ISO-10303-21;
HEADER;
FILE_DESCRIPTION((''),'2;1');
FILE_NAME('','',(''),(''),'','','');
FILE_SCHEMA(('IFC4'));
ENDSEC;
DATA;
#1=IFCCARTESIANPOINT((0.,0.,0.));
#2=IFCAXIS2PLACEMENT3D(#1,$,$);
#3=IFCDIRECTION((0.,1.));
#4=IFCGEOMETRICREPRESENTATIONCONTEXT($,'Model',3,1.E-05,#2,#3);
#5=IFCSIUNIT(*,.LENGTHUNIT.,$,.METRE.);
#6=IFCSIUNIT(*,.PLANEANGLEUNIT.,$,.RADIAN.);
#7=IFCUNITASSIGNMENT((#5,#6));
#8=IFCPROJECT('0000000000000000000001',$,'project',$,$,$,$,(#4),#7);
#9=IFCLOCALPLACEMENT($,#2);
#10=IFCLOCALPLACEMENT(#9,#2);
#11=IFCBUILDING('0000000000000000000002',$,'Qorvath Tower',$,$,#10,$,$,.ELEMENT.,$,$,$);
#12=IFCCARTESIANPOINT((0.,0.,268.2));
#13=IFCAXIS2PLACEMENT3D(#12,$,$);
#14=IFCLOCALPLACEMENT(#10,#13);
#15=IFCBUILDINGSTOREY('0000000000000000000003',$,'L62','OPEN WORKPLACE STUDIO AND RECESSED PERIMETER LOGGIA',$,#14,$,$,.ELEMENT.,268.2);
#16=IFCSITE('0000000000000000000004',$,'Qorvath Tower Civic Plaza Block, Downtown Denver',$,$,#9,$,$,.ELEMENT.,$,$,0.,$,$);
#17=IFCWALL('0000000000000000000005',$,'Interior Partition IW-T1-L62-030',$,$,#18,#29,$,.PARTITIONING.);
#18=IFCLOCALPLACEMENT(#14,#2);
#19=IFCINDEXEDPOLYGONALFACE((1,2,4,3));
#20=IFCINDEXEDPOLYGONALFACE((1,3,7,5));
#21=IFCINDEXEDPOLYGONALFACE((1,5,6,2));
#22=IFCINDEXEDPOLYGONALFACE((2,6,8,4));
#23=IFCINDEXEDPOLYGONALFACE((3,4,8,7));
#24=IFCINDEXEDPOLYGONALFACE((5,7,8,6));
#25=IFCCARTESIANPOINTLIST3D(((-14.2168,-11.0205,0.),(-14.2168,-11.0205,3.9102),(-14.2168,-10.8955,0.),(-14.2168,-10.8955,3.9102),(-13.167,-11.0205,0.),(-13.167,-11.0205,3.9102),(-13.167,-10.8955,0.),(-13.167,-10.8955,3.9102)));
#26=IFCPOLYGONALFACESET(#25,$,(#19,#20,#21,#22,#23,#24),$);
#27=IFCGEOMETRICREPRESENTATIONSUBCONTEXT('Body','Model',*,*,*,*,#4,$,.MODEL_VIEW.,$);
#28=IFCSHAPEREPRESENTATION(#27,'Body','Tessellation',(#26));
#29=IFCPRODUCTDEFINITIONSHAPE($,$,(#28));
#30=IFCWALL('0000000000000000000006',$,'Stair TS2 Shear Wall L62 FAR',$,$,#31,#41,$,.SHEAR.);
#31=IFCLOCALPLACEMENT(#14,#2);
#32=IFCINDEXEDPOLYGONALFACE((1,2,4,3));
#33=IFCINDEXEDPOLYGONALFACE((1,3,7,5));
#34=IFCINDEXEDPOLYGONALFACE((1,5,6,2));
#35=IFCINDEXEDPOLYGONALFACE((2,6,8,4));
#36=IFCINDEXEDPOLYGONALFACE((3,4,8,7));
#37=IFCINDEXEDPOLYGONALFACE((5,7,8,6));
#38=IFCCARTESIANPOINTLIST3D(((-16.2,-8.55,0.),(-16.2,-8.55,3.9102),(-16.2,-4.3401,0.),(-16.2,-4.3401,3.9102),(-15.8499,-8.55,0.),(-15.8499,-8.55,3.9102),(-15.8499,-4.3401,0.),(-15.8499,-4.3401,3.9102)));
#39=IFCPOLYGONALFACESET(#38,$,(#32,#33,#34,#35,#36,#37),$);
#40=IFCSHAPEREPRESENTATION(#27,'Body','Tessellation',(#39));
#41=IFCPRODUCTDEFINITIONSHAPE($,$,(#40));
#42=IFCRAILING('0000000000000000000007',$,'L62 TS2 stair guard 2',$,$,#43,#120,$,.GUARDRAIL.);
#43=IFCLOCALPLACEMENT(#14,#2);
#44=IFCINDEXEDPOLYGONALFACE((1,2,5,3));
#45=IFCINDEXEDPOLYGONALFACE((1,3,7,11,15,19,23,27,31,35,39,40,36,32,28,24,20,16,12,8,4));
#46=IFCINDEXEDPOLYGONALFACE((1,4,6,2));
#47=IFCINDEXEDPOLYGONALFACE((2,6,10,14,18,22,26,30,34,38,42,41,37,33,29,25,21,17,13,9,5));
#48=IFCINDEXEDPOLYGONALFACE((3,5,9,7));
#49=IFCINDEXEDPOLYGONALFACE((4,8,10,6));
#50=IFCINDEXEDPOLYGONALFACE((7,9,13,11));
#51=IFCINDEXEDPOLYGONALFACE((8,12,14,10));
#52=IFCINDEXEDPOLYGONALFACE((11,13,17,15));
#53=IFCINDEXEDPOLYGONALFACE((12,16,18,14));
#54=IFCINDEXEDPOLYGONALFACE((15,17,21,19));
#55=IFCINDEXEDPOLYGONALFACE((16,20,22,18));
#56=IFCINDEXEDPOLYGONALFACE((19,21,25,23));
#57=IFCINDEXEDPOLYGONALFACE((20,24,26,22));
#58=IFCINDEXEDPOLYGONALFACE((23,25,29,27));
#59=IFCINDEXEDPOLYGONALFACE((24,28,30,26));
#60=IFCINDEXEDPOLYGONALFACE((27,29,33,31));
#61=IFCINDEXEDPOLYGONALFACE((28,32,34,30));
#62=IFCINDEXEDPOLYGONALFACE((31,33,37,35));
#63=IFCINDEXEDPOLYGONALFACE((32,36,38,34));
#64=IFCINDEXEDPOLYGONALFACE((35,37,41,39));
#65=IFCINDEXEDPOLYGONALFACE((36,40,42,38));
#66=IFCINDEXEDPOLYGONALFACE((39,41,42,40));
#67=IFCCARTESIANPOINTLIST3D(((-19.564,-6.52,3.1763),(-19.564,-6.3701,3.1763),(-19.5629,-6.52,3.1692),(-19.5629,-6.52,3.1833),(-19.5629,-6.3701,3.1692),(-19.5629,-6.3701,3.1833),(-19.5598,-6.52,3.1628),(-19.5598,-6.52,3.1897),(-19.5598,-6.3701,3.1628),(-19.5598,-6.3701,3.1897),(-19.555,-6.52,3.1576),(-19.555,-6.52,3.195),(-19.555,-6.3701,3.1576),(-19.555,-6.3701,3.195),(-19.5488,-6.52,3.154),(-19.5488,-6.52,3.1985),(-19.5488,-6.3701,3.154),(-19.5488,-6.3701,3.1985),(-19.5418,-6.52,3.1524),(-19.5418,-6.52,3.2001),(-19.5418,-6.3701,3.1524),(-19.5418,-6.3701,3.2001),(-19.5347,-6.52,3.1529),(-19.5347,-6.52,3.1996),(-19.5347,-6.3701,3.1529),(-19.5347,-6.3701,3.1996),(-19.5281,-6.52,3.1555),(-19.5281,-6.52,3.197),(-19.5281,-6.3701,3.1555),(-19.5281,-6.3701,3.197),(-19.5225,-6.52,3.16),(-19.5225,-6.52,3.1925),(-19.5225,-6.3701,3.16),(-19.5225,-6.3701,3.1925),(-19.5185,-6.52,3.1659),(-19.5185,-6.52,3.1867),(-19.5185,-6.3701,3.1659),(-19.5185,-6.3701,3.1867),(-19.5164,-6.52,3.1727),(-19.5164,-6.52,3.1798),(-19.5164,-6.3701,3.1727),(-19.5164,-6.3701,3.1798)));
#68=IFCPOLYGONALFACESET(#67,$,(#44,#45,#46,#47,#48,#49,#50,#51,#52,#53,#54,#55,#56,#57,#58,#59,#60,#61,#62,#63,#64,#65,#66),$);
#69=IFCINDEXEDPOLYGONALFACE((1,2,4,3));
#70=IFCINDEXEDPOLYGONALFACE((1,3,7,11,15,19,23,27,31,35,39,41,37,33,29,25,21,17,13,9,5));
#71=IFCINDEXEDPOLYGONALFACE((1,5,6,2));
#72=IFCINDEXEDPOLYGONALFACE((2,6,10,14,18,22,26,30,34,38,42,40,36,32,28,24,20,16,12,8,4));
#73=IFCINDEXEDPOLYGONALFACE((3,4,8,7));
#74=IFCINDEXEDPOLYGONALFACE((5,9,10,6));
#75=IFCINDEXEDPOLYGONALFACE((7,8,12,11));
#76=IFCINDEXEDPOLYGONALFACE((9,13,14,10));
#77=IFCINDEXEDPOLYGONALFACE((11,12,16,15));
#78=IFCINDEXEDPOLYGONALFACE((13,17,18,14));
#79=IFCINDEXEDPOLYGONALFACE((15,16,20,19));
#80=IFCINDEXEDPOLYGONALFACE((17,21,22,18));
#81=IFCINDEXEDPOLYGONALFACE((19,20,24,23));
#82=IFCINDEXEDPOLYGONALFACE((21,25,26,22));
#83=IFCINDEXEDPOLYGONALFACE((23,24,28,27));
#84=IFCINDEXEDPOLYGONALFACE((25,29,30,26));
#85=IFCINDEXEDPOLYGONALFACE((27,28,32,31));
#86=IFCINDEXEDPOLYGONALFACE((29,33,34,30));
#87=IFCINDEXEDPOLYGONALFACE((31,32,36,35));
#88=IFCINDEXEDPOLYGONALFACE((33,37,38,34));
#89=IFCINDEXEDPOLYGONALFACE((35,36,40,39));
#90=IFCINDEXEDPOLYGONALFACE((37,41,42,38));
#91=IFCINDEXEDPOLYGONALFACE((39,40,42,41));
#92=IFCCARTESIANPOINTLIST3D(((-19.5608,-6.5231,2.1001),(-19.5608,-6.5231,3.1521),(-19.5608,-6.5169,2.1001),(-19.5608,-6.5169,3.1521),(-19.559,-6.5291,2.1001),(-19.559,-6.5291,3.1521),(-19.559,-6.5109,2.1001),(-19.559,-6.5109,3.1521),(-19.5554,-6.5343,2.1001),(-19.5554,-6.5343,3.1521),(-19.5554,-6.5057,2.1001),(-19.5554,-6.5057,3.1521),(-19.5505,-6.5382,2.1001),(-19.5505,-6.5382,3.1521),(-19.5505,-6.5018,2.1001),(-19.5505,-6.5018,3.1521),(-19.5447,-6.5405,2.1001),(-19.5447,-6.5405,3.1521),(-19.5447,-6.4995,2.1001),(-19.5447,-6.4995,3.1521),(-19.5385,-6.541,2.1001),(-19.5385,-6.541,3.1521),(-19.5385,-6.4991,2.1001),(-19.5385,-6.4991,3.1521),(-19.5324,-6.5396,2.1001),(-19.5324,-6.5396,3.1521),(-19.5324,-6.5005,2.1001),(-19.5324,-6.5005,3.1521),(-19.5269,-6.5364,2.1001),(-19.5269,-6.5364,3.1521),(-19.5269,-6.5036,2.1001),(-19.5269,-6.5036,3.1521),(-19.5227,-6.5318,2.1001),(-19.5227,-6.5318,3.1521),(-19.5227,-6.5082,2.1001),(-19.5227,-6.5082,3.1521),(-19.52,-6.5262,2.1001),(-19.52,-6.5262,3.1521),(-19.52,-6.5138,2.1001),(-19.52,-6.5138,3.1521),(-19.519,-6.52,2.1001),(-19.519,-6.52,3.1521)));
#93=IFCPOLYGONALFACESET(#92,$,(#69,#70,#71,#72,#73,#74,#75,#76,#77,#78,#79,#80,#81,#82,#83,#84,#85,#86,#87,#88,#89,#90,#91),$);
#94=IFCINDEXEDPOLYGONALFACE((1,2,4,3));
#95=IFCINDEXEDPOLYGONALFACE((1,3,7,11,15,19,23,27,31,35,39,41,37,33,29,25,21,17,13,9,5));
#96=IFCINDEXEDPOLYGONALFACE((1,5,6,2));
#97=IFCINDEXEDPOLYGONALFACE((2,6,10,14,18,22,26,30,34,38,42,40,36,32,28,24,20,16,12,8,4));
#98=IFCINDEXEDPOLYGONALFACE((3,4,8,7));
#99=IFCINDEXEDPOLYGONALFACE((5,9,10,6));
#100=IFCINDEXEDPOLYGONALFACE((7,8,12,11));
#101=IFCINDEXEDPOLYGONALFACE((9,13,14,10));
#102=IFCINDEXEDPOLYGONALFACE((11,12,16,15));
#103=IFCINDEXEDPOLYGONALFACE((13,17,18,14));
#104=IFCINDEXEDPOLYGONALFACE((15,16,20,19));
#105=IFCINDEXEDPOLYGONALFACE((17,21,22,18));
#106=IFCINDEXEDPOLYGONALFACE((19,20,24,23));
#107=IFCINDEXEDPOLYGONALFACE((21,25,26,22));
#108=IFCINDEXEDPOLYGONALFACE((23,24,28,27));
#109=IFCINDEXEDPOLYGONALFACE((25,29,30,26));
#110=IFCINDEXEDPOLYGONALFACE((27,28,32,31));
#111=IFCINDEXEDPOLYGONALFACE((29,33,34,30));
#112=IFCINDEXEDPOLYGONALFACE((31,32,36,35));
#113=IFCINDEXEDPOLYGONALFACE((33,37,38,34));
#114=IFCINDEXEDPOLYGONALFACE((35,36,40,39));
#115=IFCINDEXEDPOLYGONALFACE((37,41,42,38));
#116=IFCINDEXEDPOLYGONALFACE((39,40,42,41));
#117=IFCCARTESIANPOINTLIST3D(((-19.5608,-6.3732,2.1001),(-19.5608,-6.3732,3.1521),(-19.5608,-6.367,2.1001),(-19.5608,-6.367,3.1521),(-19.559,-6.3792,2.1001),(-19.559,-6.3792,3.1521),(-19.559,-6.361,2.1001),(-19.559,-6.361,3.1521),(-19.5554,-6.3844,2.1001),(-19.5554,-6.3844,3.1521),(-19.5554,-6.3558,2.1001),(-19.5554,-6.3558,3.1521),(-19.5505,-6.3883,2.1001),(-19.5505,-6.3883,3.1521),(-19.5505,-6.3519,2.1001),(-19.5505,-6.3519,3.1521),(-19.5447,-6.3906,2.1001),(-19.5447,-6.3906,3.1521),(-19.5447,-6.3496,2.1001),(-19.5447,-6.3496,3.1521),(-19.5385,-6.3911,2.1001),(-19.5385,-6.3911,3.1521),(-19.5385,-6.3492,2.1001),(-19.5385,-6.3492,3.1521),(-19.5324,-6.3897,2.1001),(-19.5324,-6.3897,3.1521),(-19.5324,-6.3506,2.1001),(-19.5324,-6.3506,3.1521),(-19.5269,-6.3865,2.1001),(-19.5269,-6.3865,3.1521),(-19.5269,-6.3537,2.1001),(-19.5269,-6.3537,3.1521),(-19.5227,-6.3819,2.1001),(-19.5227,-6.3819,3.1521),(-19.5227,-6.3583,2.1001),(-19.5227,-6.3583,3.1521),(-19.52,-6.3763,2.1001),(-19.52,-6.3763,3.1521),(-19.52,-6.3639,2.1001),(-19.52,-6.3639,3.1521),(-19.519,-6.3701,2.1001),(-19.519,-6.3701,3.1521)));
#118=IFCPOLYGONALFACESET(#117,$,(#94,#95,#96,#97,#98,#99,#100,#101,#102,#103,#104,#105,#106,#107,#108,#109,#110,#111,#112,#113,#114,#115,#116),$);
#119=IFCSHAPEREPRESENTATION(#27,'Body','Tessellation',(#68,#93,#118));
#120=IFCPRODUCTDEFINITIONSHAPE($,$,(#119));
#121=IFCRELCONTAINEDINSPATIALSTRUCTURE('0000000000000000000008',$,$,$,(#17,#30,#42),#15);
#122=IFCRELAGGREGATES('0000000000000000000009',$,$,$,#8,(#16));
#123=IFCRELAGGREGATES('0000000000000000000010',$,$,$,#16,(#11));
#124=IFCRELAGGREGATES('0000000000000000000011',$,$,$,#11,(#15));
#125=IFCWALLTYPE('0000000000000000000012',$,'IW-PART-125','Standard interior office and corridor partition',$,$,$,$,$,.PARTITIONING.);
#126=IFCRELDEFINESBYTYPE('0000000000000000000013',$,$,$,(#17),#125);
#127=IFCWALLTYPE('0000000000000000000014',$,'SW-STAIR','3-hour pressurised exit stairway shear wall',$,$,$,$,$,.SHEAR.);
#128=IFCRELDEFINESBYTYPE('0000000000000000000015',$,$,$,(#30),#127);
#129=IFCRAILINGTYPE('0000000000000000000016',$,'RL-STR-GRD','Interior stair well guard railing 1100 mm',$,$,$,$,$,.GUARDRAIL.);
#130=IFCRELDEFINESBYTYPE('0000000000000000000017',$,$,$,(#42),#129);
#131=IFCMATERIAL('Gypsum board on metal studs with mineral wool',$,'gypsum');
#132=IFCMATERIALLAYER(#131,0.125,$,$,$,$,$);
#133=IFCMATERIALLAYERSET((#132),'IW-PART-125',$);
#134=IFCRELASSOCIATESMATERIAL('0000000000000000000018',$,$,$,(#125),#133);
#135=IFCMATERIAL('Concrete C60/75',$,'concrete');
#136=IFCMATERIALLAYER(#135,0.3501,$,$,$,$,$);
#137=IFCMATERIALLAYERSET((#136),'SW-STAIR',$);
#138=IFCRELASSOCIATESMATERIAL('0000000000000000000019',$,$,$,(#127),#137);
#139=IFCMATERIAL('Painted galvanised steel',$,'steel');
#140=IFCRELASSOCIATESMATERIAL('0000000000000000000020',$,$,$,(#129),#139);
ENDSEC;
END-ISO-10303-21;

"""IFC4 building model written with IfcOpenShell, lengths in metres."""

from ifc_helpers import new_model, si_unit, direction, frame, frame_2d, origin, origin_2d, place, context, subcontext, project, spatial, rectangle, circle, extrude, material, layer, layer_set, type_object, element, save


model = new_model("IFC4")

# Units and contexts
model_context = context("Model", 3, precision=1e-05, world=origin(), true_north=direction((0.0, 1.0)))
body_context = subcontext(model_context, "Body", "Model", "MODEL_VIEW")
ifc_project = project(units=[si_unit("LENGTHUNIT", "METRE"), si_unit("PLANEANGLEUNIT", "RADIAN")], contexts=[model_context])

# Site, building, storey
site_placement = place(None, origin())
site = spatial("IfcSite", under=ifc_project, at=site_placement, Name="Qorvath Tower Civic Plaza Block, Downtown Denver", CompositionType="ELEMENT", RefElevation=0.0)
building_placement = place(site_placement, origin())
building = spatial("IfcBuilding", under=site, at=building_placement, Name="Qorvath Tower", CompositionType="ELEMENT")
storey_placement = place(building_placement, frame((0.0, 0.0, 268.2)))
storey = spatial("IfcBuildingStorey", under=building, at=storey_placement, Name="L62", Description="OPEN WORKPLACE STUDIO AND RECESSED PERIMETER LOGGIA", CompositionType="ELEMENT", Elevation=268.2)

# Walls
ifc_material_1 = material(Name="Gypsum board on metal studs with mineral wool", Category="gypsum")
ifc_layer_1 = layer(ifc_material_1, 0.125)
ifc_layer_set_1 = layer_set([ifc_layer_1], Name="IW-PART-125")
wall_type_1 = type_object("IfcWallType", Name="IW-PART-125", Description="Standard interior office and corridor partition", PredefinedType="PARTITIONING", material=ifc_layer_set_1)
wall_1_placement = place(storey_placement, frame((-14.2168, -10.958, 0.0), z_axis=(0.0, 0.0, 1.0), x_axis=(1.0, 0.0, 0.0)))
element("IfcWall", 1, at=wall_1_placement, inside=storey, type_object=wall_type_1, Name="Interior Partition IW-T1-L62-030", PredefinedType="PARTITIONING", context=body_context, shape_type="SweptSolid", body=[
    extrude(rectangle(XDim=1.0498, YDim=0.125, at=frame_2d((0.5249, 0.0))), origin(), (0.0, 0.0, 1.0), 3.9102),
])
ifc_material_2 = material(Name="Concrete C60/75", Category="concrete")
ifc_layer_2 = layer(ifc_material_2, 0.3501)
ifc_layer_set_2 = layer_set([ifc_layer_2], Name="SW-STAIR")
wall_type_2 = type_object("IfcWallType", Name="SW-STAIR", Description="3-hour pressurised exit stairway shear wall", PredefinedType="SHEAR", material=ifc_layer_set_2)
wall_2_placement = place(storey_placement, frame((-16.0249, -8.55, 0.0), z_axis=(0.0, 0.0, 1.0), x_axis=(0.0, 1.0, 0.0)))
element("IfcWall", 2, at=wall_2_placement, inside=storey, type_object=wall_type_2, Name="Stair TS2 Shear Wall L62 FAR", PredefinedType="SHEAR", context=body_context, shape_type="SweptSolid", body=[
    extrude(rectangle(XDim=4.21, YDim=0.3501, at=frame_2d((2.105, 0.0))), origin(), (0.0, 0.0, 1.0), 3.9102),
])

# Railing
ifc_material_3 = material(Name="Painted galvanised steel", Category="steel")
railing_type = type_object("IfcRailingType", Name="RL-STR-GRD", Description="Interior stair well guard railing 1100 mm", PredefinedType="GUARDRAIL", material=ifc_material_3)
railing_1_placement = place(storey_placement, frame((-19.54, -6.52, 2.1001)))
element("IfcRailing", 3, at=railing_1_placement, inside=storey, type_object=railing_type, Name="L62 TS2 stair guard 2", PredefinedType="GUARDRAIL", context=body_context, shape_type="SweptSolid", body=[
    extrude(circle(Radius=0.0239, at=origin_2d()), frame((0.0, 0.0, 1.0762), z_axis=(0.0, 1.0, 0.0), x_axis=(-1.0, 0.0, 0.0)), (0.0, 0.0, 1.0), 0.1499),
    extrude(circle(Radius=0.021, at=origin_2d()), origin(), (0.0, 0.0, 1.0), 1.052),
    extrude(circle(Radius=0.021, at=origin_2d()), frame((0.0, 0.1499, 0.0)), (0.0, 0.0, 1.0), 1.052),
])

save(model, "model.ifc")
